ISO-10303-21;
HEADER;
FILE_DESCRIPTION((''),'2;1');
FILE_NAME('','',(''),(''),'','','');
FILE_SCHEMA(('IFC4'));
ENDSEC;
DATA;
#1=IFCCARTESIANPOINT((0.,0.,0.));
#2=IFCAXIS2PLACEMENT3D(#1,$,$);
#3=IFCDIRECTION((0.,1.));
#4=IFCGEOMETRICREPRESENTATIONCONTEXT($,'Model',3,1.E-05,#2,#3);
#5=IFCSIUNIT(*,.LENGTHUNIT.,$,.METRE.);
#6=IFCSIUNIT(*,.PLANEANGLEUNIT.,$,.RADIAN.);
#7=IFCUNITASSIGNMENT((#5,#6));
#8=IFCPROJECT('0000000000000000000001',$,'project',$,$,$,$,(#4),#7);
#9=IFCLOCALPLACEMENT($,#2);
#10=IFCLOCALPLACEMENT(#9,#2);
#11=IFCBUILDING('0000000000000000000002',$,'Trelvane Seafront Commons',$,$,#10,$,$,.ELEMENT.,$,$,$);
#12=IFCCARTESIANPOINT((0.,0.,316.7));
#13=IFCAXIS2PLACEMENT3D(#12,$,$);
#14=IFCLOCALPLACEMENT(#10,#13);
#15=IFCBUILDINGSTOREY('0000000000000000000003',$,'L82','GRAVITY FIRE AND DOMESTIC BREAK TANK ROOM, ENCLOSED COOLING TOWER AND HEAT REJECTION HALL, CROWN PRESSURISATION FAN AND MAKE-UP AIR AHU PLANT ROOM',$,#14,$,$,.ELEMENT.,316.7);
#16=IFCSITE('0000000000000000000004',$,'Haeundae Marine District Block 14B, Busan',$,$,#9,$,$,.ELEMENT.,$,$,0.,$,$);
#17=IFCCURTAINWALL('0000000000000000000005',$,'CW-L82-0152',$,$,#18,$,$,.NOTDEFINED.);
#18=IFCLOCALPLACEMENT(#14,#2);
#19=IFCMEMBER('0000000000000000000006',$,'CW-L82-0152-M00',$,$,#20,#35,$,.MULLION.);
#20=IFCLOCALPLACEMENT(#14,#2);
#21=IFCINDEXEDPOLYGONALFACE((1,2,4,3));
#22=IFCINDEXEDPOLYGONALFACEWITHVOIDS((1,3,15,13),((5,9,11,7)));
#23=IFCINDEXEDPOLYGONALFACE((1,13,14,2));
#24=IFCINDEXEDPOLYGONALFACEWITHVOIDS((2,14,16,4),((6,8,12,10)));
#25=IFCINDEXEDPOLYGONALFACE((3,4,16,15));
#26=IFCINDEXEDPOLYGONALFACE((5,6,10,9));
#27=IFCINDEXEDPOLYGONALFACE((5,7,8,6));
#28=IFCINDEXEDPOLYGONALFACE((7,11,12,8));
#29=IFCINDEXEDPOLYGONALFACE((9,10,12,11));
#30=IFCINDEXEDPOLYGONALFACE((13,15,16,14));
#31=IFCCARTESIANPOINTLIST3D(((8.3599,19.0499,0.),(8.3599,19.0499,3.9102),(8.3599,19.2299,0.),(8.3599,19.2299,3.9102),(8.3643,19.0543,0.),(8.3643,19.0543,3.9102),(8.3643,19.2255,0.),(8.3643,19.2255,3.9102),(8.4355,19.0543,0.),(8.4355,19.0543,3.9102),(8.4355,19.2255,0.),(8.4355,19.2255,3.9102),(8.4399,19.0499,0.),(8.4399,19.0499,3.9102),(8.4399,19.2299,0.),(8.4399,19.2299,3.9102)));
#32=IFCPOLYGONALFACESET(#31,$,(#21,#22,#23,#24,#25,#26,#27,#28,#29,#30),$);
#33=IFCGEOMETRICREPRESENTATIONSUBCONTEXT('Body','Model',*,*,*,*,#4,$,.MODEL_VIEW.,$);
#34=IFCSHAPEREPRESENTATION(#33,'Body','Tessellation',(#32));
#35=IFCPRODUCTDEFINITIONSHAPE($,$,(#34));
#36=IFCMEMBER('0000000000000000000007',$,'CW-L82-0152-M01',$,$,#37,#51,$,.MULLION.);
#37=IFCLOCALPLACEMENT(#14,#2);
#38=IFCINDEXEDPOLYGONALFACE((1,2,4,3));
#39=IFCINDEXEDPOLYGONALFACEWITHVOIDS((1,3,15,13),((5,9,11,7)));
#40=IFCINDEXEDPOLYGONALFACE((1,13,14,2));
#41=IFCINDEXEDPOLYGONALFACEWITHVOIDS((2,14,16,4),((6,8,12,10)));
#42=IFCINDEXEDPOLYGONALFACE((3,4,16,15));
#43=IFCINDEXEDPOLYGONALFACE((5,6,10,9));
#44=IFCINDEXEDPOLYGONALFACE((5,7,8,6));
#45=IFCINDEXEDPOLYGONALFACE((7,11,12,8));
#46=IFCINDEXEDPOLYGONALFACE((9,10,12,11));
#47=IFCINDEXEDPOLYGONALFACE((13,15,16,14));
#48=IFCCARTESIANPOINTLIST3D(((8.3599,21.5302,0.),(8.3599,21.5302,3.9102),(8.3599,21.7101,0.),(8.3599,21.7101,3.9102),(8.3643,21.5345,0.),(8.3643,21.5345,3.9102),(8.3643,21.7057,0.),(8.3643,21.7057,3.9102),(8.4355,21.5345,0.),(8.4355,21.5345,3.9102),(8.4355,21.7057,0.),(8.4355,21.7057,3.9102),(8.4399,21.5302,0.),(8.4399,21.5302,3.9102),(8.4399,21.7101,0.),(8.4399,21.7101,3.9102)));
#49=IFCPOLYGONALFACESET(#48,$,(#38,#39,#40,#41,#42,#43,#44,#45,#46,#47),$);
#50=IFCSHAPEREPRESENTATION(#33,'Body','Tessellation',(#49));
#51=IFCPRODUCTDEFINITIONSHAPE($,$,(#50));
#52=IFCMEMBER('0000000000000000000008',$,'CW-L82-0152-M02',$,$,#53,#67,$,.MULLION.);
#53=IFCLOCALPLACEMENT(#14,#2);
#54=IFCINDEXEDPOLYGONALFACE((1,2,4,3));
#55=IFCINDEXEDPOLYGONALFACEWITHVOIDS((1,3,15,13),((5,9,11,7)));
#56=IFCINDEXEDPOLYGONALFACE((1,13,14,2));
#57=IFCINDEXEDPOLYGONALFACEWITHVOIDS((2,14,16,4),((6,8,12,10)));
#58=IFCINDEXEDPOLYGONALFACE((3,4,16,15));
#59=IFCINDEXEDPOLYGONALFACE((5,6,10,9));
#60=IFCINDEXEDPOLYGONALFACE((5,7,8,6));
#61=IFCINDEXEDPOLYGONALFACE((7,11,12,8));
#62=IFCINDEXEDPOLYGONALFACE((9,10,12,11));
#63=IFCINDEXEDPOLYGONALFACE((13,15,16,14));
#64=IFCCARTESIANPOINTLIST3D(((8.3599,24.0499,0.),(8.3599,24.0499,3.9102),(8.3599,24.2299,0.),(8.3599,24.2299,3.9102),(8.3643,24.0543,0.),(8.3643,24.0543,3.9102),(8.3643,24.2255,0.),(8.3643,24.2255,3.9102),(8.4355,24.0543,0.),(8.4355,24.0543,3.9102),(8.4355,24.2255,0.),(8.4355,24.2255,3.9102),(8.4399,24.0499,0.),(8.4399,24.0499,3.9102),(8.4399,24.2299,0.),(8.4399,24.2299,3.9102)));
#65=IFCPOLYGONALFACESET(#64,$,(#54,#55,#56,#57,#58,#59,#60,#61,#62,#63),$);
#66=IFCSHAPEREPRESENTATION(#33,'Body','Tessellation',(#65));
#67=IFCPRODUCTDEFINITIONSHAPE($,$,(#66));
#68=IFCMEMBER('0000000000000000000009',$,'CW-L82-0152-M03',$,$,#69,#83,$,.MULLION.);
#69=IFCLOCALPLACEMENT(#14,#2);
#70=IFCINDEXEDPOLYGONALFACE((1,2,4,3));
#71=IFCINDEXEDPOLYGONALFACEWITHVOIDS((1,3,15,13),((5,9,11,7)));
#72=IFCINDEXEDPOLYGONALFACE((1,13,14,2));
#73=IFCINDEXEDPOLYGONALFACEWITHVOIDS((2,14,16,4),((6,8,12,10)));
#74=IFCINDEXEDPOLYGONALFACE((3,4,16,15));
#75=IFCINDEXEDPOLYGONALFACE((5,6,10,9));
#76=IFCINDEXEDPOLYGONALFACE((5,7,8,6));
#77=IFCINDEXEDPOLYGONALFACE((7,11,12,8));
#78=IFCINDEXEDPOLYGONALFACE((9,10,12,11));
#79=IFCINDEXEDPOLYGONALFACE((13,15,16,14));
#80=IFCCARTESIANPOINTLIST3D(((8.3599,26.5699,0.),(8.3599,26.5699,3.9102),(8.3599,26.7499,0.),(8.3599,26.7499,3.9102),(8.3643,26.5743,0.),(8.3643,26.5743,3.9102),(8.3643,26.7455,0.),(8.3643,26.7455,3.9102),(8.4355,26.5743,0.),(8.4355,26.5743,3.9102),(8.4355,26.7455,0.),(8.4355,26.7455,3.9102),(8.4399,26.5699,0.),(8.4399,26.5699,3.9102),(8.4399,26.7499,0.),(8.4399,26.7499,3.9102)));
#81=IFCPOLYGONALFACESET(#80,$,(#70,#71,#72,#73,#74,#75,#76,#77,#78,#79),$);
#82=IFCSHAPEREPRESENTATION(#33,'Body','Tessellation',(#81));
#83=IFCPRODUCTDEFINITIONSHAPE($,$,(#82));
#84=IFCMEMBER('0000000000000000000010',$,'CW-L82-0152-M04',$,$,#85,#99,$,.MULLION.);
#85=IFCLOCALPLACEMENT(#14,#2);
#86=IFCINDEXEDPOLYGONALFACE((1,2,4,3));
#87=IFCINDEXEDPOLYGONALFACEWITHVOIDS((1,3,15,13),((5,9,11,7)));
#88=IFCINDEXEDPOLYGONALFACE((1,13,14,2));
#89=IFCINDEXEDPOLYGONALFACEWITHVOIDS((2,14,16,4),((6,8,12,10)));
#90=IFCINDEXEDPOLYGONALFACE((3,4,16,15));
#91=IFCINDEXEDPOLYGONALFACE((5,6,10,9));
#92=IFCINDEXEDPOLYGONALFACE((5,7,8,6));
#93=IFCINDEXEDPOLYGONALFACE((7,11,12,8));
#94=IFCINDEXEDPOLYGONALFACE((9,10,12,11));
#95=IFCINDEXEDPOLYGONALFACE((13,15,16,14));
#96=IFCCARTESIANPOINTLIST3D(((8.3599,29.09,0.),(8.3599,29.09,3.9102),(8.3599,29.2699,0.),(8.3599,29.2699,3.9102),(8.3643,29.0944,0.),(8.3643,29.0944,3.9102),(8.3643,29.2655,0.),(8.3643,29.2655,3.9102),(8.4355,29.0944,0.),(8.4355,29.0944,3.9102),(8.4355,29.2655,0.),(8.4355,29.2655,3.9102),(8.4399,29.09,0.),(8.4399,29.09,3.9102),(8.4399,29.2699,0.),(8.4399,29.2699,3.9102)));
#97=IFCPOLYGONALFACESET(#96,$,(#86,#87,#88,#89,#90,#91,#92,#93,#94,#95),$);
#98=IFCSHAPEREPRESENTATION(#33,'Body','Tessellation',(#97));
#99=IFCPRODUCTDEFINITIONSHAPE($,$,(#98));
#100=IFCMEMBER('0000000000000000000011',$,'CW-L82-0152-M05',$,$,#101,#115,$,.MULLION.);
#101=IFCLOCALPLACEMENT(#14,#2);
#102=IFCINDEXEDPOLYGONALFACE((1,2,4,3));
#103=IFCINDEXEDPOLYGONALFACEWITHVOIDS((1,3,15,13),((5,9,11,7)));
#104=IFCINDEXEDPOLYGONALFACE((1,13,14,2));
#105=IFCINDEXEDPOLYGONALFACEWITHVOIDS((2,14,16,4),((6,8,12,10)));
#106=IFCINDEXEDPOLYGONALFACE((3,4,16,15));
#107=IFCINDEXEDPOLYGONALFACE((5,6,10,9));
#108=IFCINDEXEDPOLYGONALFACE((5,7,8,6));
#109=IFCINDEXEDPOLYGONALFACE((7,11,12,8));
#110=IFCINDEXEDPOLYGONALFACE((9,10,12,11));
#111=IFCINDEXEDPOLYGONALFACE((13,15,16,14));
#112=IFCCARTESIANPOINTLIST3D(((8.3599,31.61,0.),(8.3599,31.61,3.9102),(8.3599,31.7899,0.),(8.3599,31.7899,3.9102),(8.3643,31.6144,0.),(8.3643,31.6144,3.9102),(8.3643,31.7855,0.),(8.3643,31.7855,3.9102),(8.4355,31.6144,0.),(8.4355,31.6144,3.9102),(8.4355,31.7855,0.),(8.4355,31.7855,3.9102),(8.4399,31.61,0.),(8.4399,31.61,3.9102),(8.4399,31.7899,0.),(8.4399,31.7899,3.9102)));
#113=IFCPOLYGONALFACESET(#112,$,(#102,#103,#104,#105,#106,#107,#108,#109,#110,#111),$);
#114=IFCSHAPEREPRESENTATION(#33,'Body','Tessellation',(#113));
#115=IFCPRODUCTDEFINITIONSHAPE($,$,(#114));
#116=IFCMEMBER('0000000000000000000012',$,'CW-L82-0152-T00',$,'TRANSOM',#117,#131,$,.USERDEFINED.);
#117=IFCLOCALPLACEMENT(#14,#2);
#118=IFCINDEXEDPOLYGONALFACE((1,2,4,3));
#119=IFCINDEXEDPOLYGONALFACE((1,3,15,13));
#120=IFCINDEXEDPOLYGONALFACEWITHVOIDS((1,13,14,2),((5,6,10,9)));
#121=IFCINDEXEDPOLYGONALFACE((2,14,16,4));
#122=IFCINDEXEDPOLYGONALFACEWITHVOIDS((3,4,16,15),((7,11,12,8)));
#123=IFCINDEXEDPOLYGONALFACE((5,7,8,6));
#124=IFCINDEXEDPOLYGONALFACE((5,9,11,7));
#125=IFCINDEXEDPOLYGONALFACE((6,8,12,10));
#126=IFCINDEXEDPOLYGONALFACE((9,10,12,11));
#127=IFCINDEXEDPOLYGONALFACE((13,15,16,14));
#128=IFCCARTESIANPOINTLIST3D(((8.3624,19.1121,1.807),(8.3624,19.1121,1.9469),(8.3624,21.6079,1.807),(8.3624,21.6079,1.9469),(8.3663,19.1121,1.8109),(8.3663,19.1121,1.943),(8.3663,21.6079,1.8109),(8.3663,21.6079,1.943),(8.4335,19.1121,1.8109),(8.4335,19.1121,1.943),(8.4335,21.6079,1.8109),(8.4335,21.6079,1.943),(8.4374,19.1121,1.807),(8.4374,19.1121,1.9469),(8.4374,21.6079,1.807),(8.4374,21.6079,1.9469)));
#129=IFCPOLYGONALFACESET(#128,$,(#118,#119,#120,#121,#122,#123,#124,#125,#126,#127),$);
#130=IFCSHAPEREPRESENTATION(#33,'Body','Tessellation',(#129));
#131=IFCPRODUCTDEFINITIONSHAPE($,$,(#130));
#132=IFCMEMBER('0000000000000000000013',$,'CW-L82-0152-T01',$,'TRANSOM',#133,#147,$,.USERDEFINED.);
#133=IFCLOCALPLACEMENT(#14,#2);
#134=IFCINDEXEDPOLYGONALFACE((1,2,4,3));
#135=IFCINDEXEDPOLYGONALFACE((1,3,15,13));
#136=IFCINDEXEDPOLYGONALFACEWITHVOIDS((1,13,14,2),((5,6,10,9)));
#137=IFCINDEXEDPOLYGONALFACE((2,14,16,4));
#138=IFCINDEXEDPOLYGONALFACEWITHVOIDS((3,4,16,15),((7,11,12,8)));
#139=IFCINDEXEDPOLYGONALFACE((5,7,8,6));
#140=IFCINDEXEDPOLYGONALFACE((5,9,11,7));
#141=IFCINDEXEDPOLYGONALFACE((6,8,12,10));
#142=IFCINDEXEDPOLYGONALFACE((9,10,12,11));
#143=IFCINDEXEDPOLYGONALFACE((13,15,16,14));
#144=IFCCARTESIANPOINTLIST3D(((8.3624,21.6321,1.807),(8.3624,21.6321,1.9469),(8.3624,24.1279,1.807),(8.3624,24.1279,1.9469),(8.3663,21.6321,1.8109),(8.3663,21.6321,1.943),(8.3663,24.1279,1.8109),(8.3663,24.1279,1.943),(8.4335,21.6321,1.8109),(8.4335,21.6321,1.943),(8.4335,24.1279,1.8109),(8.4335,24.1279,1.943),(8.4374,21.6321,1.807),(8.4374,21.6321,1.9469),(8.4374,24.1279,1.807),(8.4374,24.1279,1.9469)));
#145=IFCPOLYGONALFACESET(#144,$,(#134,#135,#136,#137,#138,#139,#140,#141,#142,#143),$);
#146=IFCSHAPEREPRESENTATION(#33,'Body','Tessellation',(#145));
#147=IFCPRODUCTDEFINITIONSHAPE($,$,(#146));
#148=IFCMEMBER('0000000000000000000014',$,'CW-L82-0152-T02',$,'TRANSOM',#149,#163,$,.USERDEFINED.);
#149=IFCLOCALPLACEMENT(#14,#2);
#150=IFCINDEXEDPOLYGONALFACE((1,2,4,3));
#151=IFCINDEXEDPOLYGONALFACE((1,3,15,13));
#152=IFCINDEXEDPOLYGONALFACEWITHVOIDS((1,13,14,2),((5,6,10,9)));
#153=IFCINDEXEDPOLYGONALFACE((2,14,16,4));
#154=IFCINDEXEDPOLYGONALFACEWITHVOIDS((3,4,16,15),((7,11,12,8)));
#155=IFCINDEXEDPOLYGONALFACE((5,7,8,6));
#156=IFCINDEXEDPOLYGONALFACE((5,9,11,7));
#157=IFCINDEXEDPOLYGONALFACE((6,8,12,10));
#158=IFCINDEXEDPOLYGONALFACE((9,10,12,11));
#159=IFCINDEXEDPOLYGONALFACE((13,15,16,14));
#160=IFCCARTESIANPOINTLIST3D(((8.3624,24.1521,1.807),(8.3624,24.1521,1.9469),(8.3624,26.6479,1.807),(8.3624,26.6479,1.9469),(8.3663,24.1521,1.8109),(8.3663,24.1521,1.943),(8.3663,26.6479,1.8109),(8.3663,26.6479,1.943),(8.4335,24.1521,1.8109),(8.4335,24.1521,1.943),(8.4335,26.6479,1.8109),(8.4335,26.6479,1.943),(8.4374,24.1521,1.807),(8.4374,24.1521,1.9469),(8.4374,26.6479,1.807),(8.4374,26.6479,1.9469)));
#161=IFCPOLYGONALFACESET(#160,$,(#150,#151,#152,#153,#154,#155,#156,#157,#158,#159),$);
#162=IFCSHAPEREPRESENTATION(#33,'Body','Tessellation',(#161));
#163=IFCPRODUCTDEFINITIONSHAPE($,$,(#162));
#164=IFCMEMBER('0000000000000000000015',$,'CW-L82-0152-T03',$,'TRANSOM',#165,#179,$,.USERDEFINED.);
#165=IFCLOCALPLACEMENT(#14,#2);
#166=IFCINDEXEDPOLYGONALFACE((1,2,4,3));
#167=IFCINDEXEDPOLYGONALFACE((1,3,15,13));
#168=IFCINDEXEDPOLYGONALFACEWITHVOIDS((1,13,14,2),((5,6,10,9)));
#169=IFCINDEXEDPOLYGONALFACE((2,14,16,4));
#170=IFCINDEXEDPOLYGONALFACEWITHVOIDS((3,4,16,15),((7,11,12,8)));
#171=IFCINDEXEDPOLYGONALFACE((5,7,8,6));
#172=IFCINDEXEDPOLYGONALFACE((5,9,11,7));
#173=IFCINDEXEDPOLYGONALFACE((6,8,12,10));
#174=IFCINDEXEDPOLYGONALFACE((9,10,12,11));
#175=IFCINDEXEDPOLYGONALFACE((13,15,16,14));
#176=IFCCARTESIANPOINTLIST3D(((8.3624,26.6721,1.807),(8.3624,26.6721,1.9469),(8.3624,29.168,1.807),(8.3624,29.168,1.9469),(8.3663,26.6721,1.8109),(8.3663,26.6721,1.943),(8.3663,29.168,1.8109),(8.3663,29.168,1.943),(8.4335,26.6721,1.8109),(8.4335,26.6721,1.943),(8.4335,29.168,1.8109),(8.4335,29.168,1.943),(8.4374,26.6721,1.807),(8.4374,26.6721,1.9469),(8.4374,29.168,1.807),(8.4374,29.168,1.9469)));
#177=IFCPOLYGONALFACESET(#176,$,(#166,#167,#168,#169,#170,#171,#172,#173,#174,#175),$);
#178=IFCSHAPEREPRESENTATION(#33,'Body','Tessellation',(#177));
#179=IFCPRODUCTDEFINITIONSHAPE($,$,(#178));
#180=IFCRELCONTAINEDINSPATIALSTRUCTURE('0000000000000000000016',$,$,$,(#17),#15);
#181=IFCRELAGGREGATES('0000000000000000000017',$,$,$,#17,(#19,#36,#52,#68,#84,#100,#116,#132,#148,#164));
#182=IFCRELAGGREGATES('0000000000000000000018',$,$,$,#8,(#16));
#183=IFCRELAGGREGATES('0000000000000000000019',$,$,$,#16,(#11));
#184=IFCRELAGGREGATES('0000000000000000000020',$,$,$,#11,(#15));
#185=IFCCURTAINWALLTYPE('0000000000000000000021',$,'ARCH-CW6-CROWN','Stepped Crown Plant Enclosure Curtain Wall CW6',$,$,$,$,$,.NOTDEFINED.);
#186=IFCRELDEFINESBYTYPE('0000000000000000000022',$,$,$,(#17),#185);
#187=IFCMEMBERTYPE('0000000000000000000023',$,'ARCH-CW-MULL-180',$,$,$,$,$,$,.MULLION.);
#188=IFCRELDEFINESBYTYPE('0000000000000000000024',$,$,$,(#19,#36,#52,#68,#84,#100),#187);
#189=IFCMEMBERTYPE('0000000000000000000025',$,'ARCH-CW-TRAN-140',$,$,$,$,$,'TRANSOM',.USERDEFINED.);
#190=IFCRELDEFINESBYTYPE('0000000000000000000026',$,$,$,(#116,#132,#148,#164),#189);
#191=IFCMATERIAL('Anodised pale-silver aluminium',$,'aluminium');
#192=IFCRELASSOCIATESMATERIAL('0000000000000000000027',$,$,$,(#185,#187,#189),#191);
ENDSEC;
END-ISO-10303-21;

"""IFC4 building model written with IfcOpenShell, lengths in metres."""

from ifc_helpers import new_model, si_unit, direction, frame, origin, origin_2d, place, context, subcontext, project, spatial, hollow_rectangle, extrude, source, transform, mapped, material, material_profile, profile_set, type_object, element, aggregate, save


model = new_model("IFC4")

# Units and contexts
model_context = context("Model", 3, precision=1e-05, world=origin(), true_north=direction((0.0, 1.0)))
body_context = subcontext(model_context, "Body", "Model", "MODEL_VIEW")
ifc_project = project(units=[si_unit("LENGTHUNIT", "METRE"), si_unit("PLANEANGLEUNIT", "RADIAN")], contexts=[model_context])

# Site, building, storey
site_placement = place(None, origin())
site = spatial("IfcSite", under=ifc_project, at=site_placement, Name="Haeundae Marine District Block 14B, Busan", CompositionType="ELEMENT", RefElevation=0.0)
building_placement = place(site_placement, origin())
building = spatial("IfcBuilding", under=site, at=building_placement, Name="Trelvane Seafront Commons", CompositionType="ELEMENT")
storey_placement = place(building_placement, frame((0.0, 0.0, 316.7)))
storey = spatial("IfcBuildingStorey", under=building, at=storey_placement, Name="L82", Description="GRAVITY FIRE AND DOMESTIC BREAK TANK ROOM, ENCLOSED COOLING TOWER AND HEAT REJECTION HALL, CROWN PRESSURISATION FAN AND MAKE-UP AIR AHU PLANT ROOM", CompositionType="ELEMENT", Elevation=316.7)

# Curtain wall, members
ifc_material_1 = material(Name="Anodised pale-silver aluminium", Category="aluminium")
curtain_wall_type = type_object("IfcCurtainWallType", Name="ARCH-CW6-CROWN", Description="Stepped Crown Plant Enclosure Curtain Wall CW6", PredefinedType="NOTDEFINED", material=ifc_material_1)
curtain_wall_placement = place(storey_placement, origin())
curtain_wall = element("IfcCurtainWall", 1, at=curtain_wall_placement, inside=storey, type_object=curtain_wall_type, Name="CW-L82-0152", PredefinedType="NOTDEFINED")
ifc_material_profile_1 = material_profile(ifc_material_1, hollow_rectangle(XDim=0.0801, YDim=0.1799, WallThickness=0.0044, at=origin_2d()), Name="MULL-80x180x4.5")
ifc_profile_set_1 = profile_set([ifc_material_profile_1], Name="Anodised pale-silver aluminium")
member_type_1 = type_object("IfcMemberType", Name="ARCH-CW-MULL-180", PredefinedType="MULLION", material=ifc_profile_set_1)
shared_shape_1 = source(origin(), body_context, "Body", "SweptSolid", [
    extrude(hollow_rectangle(XDim=0.0801, YDim=0.1799, WallThickness=0.0044, at=origin_2d()), origin(), (0.0, 0.0, 1.0), 3.9102),
])
member_1_placement = place(storey_placement, frame((8.3999, 19.1399, 0.0), z_axis=(0.0, 0.0, 1.0), x_axis=(1.0, 0.0, 0.0)))
member_1 = element("IfcMember", 2, at=member_1_placement, type_object=member_type_1, Name="CW-L82-0152-M00", PredefinedType="MULLION", context=body_context, shape_type="MappedRepresentation", body=[
    mapped(shared_shape_1, transform((0.0, 0.0, 0.0), x_axis=(1.0, 0.0, 0.0), y_axis=(0.0, 1.0, 0.0), z_axis=(0.0, 0.0, 1.0), scale=1.0)),
])
member_2_placement = place(storey_placement, frame((8.3999, 21.6201, 0.0), z_axis=(0.0, 0.0, 1.0), x_axis=(1.0, 0.0, 0.0)))
member_2 = element("IfcMember", 3, at=member_2_placement, type_object=member_type_1, Name="CW-L82-0152-M01", PredefinedType="MULLION", context=body_context, shape_type="MappedRepresentation", body=[
    mapped(shared_shape_1, transform((0.0, 0.0, 0.0), x_axis=(1.0, 0.0, 0.0), y_axis=(0.0, 1.0, 0.0), z_axis=(0.0, 0.0, 1.0), scale=1.0)),
])
member_3_placement = place(storey_placement, frame((8.3999, 24.1399, 0.0), z_axis=(0.0, 0.0, 1.0), x_axis=(1.0, 0.0, 0.0)))
member_3 = element("IfcMember", 4, at=member_3_placement, type_object=member_type_1, Name="CW-L82-0152-M02", PredefinedType="MULLION", context=body_context, shape_type="MappedRepresentation", body=[
    mapped(shared_shape_1, transform((0.0, 0.0, 0.0), x_axis=(1.0, 0.0, 0.0), y_axis=(0.0, 1.0, 0.0), z_axis=(0.0, 0.0, 1.0), scale=1.0)),
])
member_4_placement = place(storey_placement, frame((8.3999, 26.6599, 0.0), z_axis=(0.0, 0.0, 1.0), x_axis=(1.0, 0.0, 0.0)))
member_4 = element("IfcMember", 5, at=member_4_placement, type_object=member_type_1, Name="CW-L82-0152-M03", PredefinedType="MULLION", context=body_context, shape_type="MappedRepresentation", body=[
    mapped(shared_shape_1, transform((0.0, 0.0, 0.0), x_axis=(1.0, 0.0, 0.0), y_axis=(0.0, 1.0, 0.0), z_axis=(0.0, 0.0, 1.0), scale=1.0)),
])
member_5_placement = place(storey_placement, frame((8.3999, 29.1799, 0.0), z_axis=(0.0, 0.0, 1.0), x_axis=(1.0, 0.0, 0.0)))
member_5 = element("IfcMember", 6, at=member_5_placement, type_object=member_type_1, Name="CW-L82-0152-M04", PredefinedType="MULLION", context=body_context, shape_type="MappedRepresentation", body=[
    mapped(shared_shape_1, transform((0.0, 0.0, 0.0), x_axis=(1.0, 0.0, 0.0), y_axis=(0.0, 1.0, 0.0), z_axis=(0.0, 0.0, 1.0), scale=1.0)),
])
member_6_placement = place(storey_placement, frame((8.3999, 31.7, 0.0), z_axis=(0.0, 0.0, 1.0), x_axis=(1.0, 0.0, 0.0)))
member_6 = element("IfcMember", 7, at=member_6_placement, type_object=member_type_1, Name="CW-L82-0152-M05", PredefinedType="MULLION", context=body_context, shape_type="MappedRepresentation", body=[
    mapped(shared_shape_1, transform((0.0, 0.0, 0.0), x_axis=(1.0, 0.0, 0.0), y_axis=(0.0, 1.0, 0.0), z_axis=(0.0, 0.0, 1.0), scale=1.0)),
])
ifc_material_profile_2 = material_profile(ifc_material_1, hollow_rectangle(XDim=0.075, YDim=0.1399, WallThickness=0.0039, at=origin_2d()), Name="TRAN-75x140x4")
ifc_profile_set_2 = profile_set([ifc_material_profile_2], Name="Anodised pale-silver aluminium")
member_type_2 = type_object("IfcMemberType", Name="ARCH-CW-TRAN-140", ElementType="TRANSOM", PredefinedType="USERDEFINED", material=ifc_profile_set_2)
shared_shape_2 = source(origin(), body_context, "Body", "SweptSolid", [
    extrude(hollow_rectangle(XDim=0.075, YDim=0.1399, WallThickness=0.0039, at=origin_2d()), origin(), (0.0, 0.0, 1.0), 2.4958),
])
member_7_placement = place(storey_placement, frame((8.3999, 19.1121, 1.877), z_axis=(0.0, 1.0, 0.0), x_axis=(-1.0, 0.0, 0.0)))
member_7 = element("IfcMember", 8, at=member_7_placement, type_object=member_type_2, Name="CW-L82-0152-T00", ObjectType="TRANSOM", PredefinedType="USERDEFINED", context=body_context, shape_type="MappedRepresentation", body=[
    mapped(shared_shape_2, transform((0.0, 0.0, 0.0), x_axis=(1.0, 0.0, 0.0), y_axis=(0.0, 1.0, 0.0), z_axis=(0.0, 0.0, 1.0), scale=1.0)),
])
member_8_placement = place(storey_placement, frame((8.3999, 21.6321, 1.877), z_axis=(0.0, 1.0, 0.0), x_axis=(-1.0, 0.0, 0.0)))
member_8 = element("IfcMember", 9, at=member_8_placement, type_object=member_type_2, Name="CW-L82-0152-T01", ObjectType="TRANSOM", PredefinedType="USERDEFINED", context=body_context, shape_type="MappedRepresentation", body=[
    mapped(shared_shape_2, transform((0.0, 0.0, 0.0), x_axis=(1.0, 0.0, 0.0), y_axis=(0.0, 1.0, 0.0), z_axis=(0.0, 0.0, 1.0), scale=1.0)),
])
member_9_placement = place(storey_placement, frame((8.3999, 24.1521, 1.877), z_axis=(0.0, 1.0, 0.0), x_axis=(-1.0, 0.0, 0.0)))
member_9 = element("IfcMember", 10, at=member_9_placement, type_object=member_type_2, Name="CW-L82-0152-T02", ObjectType="TRANSOM", PredefinedType="USERDEFINED", context=body_context, shape_type="MappedRepresentation", body=[
    mapped(shared_shape_2, transform((0.0, 0.0, 0.0), x_axis=(1.0, 0.0, 0.0), y_axis=(0.0, 1.0, 0.0), z_axis=(0.0, 0.0, 1.0), scale=1.0)),
])
member_10_placement = place(storey_placement, frame((8.3999, 26.6721, 1.877), z_axis=(0.0, 1.0, 0.0), x_axis=(-1.0, 0.0, 0.0)))
member_10 = element("IfcMember", 11, at=member_10_placement, type_object=member_type_2, Name="CW-L82-0152-T03", ObjectType="TRANSOM", PredefinedType="USERDEFINED", context=body_context, shape_type="MappedRepresentation", body=[
    mapped(shared_shape_2, transform((0.0, 0.0, 0.0), x_axis=(1.0, 0.0, 0.0), y_axis=(0.0, 1.0, 0.0), z_axis=(0.0, 0.0, 1.0), scale=1.0)),
])
aggregate(curtain_wall, [member_1, member_2, member_3, member_4, member_5, member_6, member_7, member_8, member_9, member_10])

save(model, "model.ifc")
